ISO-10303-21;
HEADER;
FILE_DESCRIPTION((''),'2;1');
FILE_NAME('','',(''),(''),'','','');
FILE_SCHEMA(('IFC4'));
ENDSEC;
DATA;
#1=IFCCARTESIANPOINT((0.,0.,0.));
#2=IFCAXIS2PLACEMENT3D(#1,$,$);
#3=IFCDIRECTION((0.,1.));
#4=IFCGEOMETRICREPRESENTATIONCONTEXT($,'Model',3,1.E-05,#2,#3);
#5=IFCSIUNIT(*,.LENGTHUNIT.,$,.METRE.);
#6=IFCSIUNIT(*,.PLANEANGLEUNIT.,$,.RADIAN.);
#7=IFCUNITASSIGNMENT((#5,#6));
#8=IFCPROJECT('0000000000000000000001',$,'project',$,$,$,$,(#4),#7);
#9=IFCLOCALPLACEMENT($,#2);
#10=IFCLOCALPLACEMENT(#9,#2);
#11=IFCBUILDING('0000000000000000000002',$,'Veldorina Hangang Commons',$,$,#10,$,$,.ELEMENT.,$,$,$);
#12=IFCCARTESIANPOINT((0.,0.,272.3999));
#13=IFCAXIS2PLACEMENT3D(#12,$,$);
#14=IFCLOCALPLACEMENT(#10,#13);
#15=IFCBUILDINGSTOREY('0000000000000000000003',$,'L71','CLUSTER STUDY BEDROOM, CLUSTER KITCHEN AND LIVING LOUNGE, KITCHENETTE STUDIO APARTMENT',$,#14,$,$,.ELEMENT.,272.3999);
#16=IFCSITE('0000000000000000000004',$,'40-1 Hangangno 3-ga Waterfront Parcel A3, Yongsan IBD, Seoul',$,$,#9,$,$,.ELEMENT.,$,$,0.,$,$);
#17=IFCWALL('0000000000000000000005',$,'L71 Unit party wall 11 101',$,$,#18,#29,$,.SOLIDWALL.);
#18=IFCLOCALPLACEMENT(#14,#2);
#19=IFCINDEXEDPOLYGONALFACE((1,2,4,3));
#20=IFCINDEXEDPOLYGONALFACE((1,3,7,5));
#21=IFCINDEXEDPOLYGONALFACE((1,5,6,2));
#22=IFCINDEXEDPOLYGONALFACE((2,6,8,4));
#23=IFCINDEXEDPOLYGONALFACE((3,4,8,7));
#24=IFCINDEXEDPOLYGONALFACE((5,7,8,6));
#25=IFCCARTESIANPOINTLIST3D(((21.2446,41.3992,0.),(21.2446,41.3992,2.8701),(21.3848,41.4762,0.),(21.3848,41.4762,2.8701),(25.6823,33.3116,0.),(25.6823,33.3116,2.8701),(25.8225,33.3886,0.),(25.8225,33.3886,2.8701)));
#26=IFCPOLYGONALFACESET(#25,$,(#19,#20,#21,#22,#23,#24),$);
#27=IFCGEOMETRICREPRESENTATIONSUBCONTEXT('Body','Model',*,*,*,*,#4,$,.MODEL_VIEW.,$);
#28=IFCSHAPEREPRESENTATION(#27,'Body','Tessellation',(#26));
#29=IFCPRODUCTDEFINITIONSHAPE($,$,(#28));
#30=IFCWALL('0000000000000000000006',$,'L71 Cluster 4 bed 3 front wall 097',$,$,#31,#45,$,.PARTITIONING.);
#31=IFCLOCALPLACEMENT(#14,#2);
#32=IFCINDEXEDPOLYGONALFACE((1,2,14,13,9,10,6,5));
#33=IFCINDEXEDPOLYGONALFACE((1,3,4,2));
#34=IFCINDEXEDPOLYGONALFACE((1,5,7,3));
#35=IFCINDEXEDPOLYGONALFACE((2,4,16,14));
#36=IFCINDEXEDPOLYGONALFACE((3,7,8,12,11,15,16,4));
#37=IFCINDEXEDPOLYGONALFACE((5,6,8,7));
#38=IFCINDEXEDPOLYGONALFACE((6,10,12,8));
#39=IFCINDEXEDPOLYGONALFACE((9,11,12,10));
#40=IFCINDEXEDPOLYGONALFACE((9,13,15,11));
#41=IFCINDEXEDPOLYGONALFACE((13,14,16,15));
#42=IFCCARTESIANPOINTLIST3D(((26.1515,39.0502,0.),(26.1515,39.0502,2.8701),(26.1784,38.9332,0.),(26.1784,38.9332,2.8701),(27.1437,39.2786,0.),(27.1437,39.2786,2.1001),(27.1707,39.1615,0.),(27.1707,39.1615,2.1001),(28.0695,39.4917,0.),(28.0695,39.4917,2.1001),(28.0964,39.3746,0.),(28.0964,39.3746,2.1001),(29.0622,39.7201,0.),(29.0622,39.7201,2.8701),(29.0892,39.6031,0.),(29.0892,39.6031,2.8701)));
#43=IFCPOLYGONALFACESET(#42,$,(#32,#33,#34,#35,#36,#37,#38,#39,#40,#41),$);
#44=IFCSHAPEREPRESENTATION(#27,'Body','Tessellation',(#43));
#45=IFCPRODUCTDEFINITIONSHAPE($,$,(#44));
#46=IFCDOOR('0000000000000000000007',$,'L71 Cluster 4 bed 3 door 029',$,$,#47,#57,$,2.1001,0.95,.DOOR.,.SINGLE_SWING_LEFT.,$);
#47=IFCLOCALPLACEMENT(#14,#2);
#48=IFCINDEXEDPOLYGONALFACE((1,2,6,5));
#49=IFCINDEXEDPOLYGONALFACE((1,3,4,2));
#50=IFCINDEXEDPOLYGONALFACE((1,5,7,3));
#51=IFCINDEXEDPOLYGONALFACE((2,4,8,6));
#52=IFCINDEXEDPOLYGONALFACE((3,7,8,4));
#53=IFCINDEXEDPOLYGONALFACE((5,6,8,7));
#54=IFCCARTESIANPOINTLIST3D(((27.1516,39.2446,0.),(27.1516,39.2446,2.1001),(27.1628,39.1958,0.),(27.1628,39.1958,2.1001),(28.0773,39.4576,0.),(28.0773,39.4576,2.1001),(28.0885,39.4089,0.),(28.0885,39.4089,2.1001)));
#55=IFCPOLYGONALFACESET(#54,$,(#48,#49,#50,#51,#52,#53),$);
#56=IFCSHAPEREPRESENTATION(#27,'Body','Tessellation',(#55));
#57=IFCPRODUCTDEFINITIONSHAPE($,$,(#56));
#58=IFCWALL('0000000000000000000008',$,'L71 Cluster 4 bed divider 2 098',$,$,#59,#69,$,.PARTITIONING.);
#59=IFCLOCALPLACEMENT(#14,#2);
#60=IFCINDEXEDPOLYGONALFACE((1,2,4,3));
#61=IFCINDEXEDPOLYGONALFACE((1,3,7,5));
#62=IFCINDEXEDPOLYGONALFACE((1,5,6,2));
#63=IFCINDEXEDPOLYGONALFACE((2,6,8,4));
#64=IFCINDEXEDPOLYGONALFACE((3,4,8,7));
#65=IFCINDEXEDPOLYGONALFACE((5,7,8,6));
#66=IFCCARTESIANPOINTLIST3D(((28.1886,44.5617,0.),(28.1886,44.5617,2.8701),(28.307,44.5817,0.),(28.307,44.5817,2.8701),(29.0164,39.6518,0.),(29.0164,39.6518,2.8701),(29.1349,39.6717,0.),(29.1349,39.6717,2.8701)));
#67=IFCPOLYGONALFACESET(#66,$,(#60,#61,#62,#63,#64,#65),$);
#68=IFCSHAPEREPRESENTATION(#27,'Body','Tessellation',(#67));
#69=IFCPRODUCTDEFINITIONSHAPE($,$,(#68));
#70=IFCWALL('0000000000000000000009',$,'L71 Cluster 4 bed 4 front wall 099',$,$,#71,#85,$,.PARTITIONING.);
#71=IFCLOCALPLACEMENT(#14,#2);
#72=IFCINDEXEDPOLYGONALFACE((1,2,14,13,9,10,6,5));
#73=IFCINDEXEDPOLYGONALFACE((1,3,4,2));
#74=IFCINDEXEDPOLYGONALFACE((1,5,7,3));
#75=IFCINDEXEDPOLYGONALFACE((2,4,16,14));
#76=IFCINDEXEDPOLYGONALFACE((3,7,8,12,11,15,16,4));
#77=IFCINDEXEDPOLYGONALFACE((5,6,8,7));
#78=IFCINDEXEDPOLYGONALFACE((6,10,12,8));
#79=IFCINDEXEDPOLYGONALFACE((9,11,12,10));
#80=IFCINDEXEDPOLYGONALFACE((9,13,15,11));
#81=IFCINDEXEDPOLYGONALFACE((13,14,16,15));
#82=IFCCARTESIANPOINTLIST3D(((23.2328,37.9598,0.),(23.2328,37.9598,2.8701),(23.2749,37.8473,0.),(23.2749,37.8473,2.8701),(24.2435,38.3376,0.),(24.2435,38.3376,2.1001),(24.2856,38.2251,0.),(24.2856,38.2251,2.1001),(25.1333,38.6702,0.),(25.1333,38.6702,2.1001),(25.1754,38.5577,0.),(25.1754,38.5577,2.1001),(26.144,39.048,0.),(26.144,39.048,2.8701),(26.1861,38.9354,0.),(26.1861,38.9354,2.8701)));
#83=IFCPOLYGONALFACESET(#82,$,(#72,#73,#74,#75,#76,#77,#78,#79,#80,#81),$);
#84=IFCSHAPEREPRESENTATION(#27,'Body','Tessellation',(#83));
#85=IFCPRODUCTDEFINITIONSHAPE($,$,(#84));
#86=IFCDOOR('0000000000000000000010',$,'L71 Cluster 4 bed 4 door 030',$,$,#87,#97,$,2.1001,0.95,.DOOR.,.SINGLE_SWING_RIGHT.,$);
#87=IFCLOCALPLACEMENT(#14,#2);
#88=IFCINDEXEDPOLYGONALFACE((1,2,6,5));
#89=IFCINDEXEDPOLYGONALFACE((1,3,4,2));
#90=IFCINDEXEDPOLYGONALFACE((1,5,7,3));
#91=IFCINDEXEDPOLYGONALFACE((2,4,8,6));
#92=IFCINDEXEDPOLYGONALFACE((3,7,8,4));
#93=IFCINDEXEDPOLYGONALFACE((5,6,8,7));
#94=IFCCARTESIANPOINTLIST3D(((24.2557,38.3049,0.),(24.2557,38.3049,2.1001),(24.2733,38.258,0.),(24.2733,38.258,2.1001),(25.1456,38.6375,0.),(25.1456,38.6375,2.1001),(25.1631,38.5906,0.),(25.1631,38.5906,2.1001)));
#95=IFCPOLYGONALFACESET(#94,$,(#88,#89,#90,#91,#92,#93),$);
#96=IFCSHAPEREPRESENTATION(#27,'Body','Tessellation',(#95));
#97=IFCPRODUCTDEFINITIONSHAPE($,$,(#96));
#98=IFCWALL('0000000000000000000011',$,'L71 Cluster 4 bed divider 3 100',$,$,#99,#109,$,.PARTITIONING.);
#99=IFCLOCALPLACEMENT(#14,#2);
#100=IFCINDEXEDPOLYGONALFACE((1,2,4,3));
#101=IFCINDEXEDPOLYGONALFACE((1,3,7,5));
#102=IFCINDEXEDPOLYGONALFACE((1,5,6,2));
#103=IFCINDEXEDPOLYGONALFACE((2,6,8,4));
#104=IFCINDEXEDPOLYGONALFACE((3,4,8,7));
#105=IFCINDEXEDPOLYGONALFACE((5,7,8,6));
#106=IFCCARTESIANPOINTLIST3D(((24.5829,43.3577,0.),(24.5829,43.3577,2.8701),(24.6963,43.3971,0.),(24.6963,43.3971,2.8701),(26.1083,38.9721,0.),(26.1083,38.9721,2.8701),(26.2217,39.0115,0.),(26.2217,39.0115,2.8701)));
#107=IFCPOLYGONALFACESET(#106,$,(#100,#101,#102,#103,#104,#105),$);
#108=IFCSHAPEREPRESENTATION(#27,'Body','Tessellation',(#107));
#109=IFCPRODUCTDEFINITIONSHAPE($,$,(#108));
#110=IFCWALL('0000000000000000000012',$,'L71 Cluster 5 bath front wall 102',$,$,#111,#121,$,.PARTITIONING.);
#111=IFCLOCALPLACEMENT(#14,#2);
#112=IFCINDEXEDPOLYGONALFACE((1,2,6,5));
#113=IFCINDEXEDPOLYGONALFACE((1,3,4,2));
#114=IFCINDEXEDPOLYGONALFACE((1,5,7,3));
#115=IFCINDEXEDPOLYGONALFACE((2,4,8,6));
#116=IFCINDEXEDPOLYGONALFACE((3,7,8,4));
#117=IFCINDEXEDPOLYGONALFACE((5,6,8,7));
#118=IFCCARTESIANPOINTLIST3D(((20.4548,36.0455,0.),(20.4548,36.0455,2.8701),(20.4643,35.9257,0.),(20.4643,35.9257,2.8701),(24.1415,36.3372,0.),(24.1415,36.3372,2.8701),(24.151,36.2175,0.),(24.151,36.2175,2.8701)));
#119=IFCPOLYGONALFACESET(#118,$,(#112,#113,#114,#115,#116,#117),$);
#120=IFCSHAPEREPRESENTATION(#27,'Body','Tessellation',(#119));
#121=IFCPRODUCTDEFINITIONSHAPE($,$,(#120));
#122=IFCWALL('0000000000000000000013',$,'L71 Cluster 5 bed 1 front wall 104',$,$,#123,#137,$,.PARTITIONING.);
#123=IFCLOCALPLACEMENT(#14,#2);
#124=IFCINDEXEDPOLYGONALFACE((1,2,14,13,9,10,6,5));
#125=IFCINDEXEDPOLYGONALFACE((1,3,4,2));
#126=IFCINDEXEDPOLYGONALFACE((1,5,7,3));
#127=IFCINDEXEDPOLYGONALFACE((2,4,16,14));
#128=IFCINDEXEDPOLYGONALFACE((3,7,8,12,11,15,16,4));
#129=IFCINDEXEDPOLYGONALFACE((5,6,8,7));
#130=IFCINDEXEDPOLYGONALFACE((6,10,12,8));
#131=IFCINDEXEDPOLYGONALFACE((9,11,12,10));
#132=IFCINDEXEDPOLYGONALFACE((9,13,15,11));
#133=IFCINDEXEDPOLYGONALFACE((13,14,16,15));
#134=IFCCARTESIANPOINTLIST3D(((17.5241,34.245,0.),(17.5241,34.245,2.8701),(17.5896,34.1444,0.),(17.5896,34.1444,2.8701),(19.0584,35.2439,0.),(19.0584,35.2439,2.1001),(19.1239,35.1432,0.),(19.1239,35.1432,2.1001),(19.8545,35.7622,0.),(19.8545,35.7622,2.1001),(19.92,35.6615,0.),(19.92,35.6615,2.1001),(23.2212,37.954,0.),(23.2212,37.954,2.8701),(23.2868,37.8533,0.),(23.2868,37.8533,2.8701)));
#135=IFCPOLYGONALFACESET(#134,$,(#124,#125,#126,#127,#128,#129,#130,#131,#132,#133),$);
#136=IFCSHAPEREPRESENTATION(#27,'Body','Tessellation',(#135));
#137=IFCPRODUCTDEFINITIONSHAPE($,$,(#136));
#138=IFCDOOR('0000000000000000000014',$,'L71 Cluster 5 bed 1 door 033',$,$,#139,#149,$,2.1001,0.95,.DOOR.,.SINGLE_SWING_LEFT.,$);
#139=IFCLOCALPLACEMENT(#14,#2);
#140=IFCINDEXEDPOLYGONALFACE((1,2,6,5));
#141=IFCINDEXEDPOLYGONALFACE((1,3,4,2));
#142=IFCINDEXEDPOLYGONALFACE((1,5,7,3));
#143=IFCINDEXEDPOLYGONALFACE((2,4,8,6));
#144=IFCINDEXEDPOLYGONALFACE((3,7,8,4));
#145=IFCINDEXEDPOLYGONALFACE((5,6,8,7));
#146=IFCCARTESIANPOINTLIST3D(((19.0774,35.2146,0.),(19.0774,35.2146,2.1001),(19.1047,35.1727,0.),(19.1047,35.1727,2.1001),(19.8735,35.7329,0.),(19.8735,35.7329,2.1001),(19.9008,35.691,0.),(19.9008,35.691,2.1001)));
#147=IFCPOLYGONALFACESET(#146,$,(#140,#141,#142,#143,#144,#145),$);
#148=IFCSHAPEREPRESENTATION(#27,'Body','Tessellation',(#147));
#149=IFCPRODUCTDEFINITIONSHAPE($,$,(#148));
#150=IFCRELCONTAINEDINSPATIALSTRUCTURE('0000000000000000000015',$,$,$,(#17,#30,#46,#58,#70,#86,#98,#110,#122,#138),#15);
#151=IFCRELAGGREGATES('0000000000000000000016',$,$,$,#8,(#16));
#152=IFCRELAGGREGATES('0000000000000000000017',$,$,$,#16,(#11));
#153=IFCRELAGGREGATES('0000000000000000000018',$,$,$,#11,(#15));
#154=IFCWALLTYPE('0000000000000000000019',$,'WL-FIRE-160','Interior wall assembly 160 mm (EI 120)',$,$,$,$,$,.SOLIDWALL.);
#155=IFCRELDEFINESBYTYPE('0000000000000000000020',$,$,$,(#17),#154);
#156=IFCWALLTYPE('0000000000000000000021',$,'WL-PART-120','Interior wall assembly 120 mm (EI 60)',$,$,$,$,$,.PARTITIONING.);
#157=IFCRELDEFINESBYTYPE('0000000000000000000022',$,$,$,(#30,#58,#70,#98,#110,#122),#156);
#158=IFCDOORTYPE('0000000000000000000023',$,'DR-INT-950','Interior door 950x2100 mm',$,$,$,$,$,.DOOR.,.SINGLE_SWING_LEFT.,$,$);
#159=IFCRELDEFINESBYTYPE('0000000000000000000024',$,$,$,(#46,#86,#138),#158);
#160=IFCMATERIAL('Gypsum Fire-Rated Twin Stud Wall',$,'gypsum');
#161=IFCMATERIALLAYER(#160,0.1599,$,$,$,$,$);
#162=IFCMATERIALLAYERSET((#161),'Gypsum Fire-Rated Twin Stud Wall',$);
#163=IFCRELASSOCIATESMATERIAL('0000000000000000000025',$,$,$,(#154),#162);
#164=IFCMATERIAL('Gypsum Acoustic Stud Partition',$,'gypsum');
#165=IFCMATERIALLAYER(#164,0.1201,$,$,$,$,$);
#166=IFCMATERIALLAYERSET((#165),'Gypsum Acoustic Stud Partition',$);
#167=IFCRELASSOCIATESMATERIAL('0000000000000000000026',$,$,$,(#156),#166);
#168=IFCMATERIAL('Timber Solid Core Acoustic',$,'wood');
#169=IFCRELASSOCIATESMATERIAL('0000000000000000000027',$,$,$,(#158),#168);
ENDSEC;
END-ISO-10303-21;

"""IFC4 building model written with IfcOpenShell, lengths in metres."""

from ifc_helpers import new_model, si_unit, direction, frame, frame_2d, origin, place, context, subcontext, project, spatial, rectangle, extrude, material, layer, layer_set, type_object, element, fill, save


model = new_model("IFC4")

# Units and contexts
model_context = context("Model", 3, precision=1e-05, world=origin(), true_north=direction((0.0, 1.0)))
body_context = subcontext(model_context, "Body", "Model", "MODEL_VIEW")
ifc_project = project(units=[si_unit("LENGTHUNIT", "METRE"), si_unit("PLANEANGLEUNIT", "RADIAN")], contexts=[model_context])

# Site, building, storey
site_placement = place(None, origin())
site = spatial("IfcSite", under=ifc_project, at=site_placement, Name="40-1 Hangangno 3-ga Waterfront Parcel A3, Yongsan IBD, Seoul", CompositionType="ELEMENT", RefElevation=0.0)
building_placement = place(site_placement, origin())
building = spatial("IfcBuilding", under=site, at=building_placement, Name="Veldorina Hangang Commons", CompositionType="ELEMENT")
storey_placement = place(building_placement, frame((0.0, 0.0, 272.3999)))
storey = spatial("IfcBuildingStorey", under=building, at=storey_placement, Name="L71", Description="CLUSTER STUDY BEDROOM, CLUSTER KITCHEN AND LIVING LOUNGE, KITCHENETTE STUDIO APARTMENT", CompositionType="ELEMENT", Elevation=272.3999)

# Wall
ifc_material_1 = material(Name="Gypsum Fire-Rated Twin Stud Wall", Category="gypsum")
ifc_layer_1 = layer(ifc_material_1, 0.1599)
ifc_layer_set_1 = layer_set([ifc_layer_1], Name="Gypsum Fire-Rated Twin Stud Wall")
wall_type_1 = type_object("IfcWallType", Name="WL-FIRE-160", Description="Interior wall assembly 160 mm (EI 120)", PredefinedType="SOLIDWALL", material=ifc_layer_set_1)
wall_1_placement = place(storey_placement, frame((25.7524, 33.3501, 0.0), z_axis=(0.0, 0.0, 1.0), x_axis=(-0.481048, 0.876694, 0.0)))
element("IfcWall", 1, at=wall_1_placement, inside=storey, type_object=wall_type_1, Name="L71 Unit party wall 11 101", PredefinedType="SOLIDWALL", context=body_context, shape_type="SweptSolid", body=[
    extrude(rectangle(XDim=9.2251, YDim=0.1599, at=frame_2d((4.6125, 0.0))), origin(), (0.0, 0.0, 1.0), 2.8701),
])

# Wall, opening, door
ifc_material_2 = material(Name="Gypsum Acoustic Stud Partition", Category="gypsum")
ifc_layer_2 = layer(ifc_material_2, 0.1201)
ifc_layer_set_2 = layer_set([ifc_layer_2], Name="Gypsum Acoustic Stud Partition")
wall_type_2 = type_object("IfcWallType", Name="WL-PART-120", Description="Interior wall assembly 120 mm (EI 60)", PredefinedType="PARTITIONING", material=ifc_layer_set_2)
wall_2_placement = place(storey_placement, frame((29.0757, 39.6616, 0.0), z_axis=(0.0, 0.0, 1.0), x_axis=(-0.974521, -0.224298, 0.0)))
wall_2 = element("IfcWall", 2, at=wall_2_placement, inside=storey, type_object=wall_type_2, Name="L71 Cluster 4 bed 3 front wall 097", PredefinedType="PARTITIONING", context=body_context, shape_type="SweptSolid", body=[
    extrude(rectangle(XDim=2.9868, YDim=0.1201, at=frame_2d((1.4934, 0.0))), origin(), (0.0, 0.0, 1.0), 2.8701),
])
opening_1_placement = place(wall_2_placement, frame((1.0186, 0.0, 0.0)))
opening_1 = element("IfcOpeningElement", 3, at=opening_1_placement, cuts=wall_2, PredefinedType="OPENING", context=body_context, shape_type="SweptSolid", body=[
    extrude(rectangle(XDim=0.95, YDim=2.1001, at=frame_2d((0.4751, 1.05))), frame((0.0, 0.0701, 0.0), z_axis=(0.0, -1.0, 0.0), x_axis=(1.0, 0.0, 0.0)), (0.0, 0.0, 1.0), 0.1401),
])
ifc_material_3 = material(Name="Timber Solid Core Acoustic", Category="wood")
door_type = type_object("IfcDoorType", Name="DR-INT-950", Description="Interior door 950x2100 mm", OperationType="SINGLE_SWING_LEFT", PredefinedType="DOOR", material=ifc_material_3)
door_1_placement = place(opening_1_placement, origin())
door_1 = element("IfcDoor", 4, at=door_1_placement, inside=storey, type_object=door_type, Name="L71 Cluster 4 bed 3 door 029", OperationType="SINGLE_SWING_LEFT", OverallHeight=2.1001, OverallWidth=0.95, PredefinedType="DOOR", context=body_context, shape_type="SweptSolid", body=[
    extrude(rectangle(XDim=0.95, YDim=2.1001, at=frame_2d((0.4751, 1.05))), frame((0.0, 0.0249, 0.0), z_axis=(0.0, -1.0, 0.0), x_axis=(1.0, 0.0, 0.0)), (0.0, 0.0, 1.0), 0.05),
])
fill(opening_1, door_1)

# Wall
wall_3_placement = place(storey_placement, frame((29.0757, 39.6616, 0.0), z_axis=(0.0, 0.0, 1.0), x_axis=(-0.166267, 0.986081, 0.0)))
element("IfcWall", 5, at=wall_3_placement, inside=storey, type_object=wall_type_2, Name="L71 Cluster 4 bed divider 2 098", PredefinedType="PARTITIONING", context=body_context, shape_type="SweptSolid", body=[
    extrude(rectangle(XDim=4.9792, YDim=0.1201, at=frame_2d((2.4897, 0.0))), origin(), (0.0, 0.0, 1.0), 2.8701),
])

# Wall, opening, door
wall_4_placement = place(storey_placement, frame((26.165, 38.9917, 0.0), z_axis=(0.0, 0.0, 1.0), x_axis=(-0.936703, -0.350125, 0.0)))
wall_4 = element("IfcWall", 6, at=wall_4_placement, inside=storey, type_object=wall_type_2, Name="L71 Cluster 4 bed 4 front wall 099", PredefinedType="PARTITIONING", context=body_context, shape_type="SweptSolid", body=[
    extrude(rectangle(XDim=3.1079, YDim=0.1201, at=frame_2d((1.554, 0.0))), origin(), (0.0, 0.0, 1.0), 2.8701),
])
opening_2_placement = place(wall_4_placement, frame((1.0789, 0.0, 0.0)))
opening_2 = element("IfcOpeningElement", 7, at=opening_2_placement, cuts=wall_4, PredefinedType="OPENING", context=body_context, shape_type="SweptSolid", body=[
    extrude(rectangle(XDim=0.95, YDim=2.1001, at=frame_2d((0.4751, 1.05))), frame((0.0, 0.0701, 0.0), z_axis=(0.0, -1.0, 0.0), x_axis=(1.0, 0.0, 0.0)), (0.0, 0.0, 1.0), 0.1401),
])
door_2_placement = place(opening_2_placement, origin())
door_2 = element("IfcDoor", 8, at=door_2_placement, inside=storey, type_object=door_type, Name="L71 Cluster 4 bed 4 door 030", OperationType="SINGLE_SWING_RIGHT", OverallHeight=2.1001, OverallWidth=0.95, PredefinedType="DOOR", context=body_context, shape_type="SweptSolid", body=[
    extrude(rectangle(XDim=0.95, YDim=2.1001, at=frame_2d((0.4751, 1.05))), frame((0.0, 0.0249, 0.0), z_axis=(0.0, -1.0, 0.0), x_axis=(1.0, 0.0, 0.0)), (0.0, 0.0, 1.0), 0.05),
])
fill(opening_2, door_2)

# Walls
wall_5_placement = place(storey_placement, frame((26.165, 38.9917, 0.0), z_axis=(0.0, 0.0, 1.0), x_axis=(-0.328521, 0.944497, 0.0)))
element("IfcWall", 9, at=wall_5_placement, inside=storey, type_object=wall_type_2, Name="L71 Cluster 4 bed divider 3 100", PredefinedType="PARTITIONING", context=body_context, shape_type="SweptSolid", body=[
    extrude(rectangle(XDim=4.6433, YDim=0.1201, at=frame_2d((2.3218, 0.0))), origin(), (0.0, 0.0, 1.0), 2.8701),
])
wall_6_placement = place(storey_placement, frame((24.1462, 36.2773, 0.0), z_axis=(0.0, 0.0, 1.0), x_axis=(-0.996884, -0.078887, 0.0)))
element("IfcWall", 10, at=wall_6_placement, inside=storey, type_object=wall_type_2, Name="L71 Cluster 5 bath front wall 102", PredefinedType="PARTITIONING", context=body_context, shape_type="SweptSolid", body=[
    extrude(rectangle(XDim=3.6982, YDim=0.1201, at=frame_2d((1.8491, 0.0))), origin(), (0.0, 0.0, 1.0), 2.8701),
])

# Wall, opening, door
wall_7_placement = place(storey_placement, frame((23.2539, 37.9036, 0.0), z_axis=(0.0, 0.0, 1.0), x_axis=(-0.838056, -0.545584, 0.0)))
wall_7 = element("IfcWall", 11, at=wall_7_placement, inside=storey, type_object=wall_type_2, Name="L71 Cluster 5 bed 1 front wall 104", PredefinedType="PARTITIONING", context=body_context, shape_type="SweptSolid", body=[
    extrude(rectangle(XDim=6.7981, YDim=0.1201, at=frame_2d((3.3989, 0.0))), origin(), (0.0, 0.0, 1.0), 2.8701),
])
opening_3_placement = place(wall_7_placement, frame((4.0171, 0.0, 0.0)))
opening_3 = element("IfcOpeningElement", 12, at=opening_3_placement, cuts=wall_7, PredefinedType="OPENING", context=body_context, shape_type="SweptSolid", body=[
    extrude(rectangle(XDim=0.95, YDim=2.1001, at=frame_2d((0.4751, 1.05))), frame((0.0, 0.0701, 0.0), z_axis=(0.0, -1.0, 0.0), x_axis=(1.0, 0.0, 0.0)), (0.0, 0.0, 1.0), 0.1401),
])
door_3_placement = place(opening_3_placement, origin())
door_3 = element("IfcDoor", 13, at=door_3_placement, inside=storey, type_object=door_type, Name="L71 Cluster 5 bed 1 door 033", OperationType="SINGLE_SWING_LEFT", OverallHeight=2.1001, OverallWidth=0.95, PredefinedType="DOOR", context=body_context, shape_type="SweptSolid", body=[
    extrude(rectangle(XDim=0.95, YDim=2.1001, at=frame_2d((0.4751, 1.05))), frame((0.0, 0.0249, 0.0), z_axis=(0.0, -1.0, 0.0), x_axis=(1.0, 0.0, 0.0)), (0.0, 0.0, 1.0), 0.05),
])
fill(opening_3, door_3)

save(model, "model.ifc")
